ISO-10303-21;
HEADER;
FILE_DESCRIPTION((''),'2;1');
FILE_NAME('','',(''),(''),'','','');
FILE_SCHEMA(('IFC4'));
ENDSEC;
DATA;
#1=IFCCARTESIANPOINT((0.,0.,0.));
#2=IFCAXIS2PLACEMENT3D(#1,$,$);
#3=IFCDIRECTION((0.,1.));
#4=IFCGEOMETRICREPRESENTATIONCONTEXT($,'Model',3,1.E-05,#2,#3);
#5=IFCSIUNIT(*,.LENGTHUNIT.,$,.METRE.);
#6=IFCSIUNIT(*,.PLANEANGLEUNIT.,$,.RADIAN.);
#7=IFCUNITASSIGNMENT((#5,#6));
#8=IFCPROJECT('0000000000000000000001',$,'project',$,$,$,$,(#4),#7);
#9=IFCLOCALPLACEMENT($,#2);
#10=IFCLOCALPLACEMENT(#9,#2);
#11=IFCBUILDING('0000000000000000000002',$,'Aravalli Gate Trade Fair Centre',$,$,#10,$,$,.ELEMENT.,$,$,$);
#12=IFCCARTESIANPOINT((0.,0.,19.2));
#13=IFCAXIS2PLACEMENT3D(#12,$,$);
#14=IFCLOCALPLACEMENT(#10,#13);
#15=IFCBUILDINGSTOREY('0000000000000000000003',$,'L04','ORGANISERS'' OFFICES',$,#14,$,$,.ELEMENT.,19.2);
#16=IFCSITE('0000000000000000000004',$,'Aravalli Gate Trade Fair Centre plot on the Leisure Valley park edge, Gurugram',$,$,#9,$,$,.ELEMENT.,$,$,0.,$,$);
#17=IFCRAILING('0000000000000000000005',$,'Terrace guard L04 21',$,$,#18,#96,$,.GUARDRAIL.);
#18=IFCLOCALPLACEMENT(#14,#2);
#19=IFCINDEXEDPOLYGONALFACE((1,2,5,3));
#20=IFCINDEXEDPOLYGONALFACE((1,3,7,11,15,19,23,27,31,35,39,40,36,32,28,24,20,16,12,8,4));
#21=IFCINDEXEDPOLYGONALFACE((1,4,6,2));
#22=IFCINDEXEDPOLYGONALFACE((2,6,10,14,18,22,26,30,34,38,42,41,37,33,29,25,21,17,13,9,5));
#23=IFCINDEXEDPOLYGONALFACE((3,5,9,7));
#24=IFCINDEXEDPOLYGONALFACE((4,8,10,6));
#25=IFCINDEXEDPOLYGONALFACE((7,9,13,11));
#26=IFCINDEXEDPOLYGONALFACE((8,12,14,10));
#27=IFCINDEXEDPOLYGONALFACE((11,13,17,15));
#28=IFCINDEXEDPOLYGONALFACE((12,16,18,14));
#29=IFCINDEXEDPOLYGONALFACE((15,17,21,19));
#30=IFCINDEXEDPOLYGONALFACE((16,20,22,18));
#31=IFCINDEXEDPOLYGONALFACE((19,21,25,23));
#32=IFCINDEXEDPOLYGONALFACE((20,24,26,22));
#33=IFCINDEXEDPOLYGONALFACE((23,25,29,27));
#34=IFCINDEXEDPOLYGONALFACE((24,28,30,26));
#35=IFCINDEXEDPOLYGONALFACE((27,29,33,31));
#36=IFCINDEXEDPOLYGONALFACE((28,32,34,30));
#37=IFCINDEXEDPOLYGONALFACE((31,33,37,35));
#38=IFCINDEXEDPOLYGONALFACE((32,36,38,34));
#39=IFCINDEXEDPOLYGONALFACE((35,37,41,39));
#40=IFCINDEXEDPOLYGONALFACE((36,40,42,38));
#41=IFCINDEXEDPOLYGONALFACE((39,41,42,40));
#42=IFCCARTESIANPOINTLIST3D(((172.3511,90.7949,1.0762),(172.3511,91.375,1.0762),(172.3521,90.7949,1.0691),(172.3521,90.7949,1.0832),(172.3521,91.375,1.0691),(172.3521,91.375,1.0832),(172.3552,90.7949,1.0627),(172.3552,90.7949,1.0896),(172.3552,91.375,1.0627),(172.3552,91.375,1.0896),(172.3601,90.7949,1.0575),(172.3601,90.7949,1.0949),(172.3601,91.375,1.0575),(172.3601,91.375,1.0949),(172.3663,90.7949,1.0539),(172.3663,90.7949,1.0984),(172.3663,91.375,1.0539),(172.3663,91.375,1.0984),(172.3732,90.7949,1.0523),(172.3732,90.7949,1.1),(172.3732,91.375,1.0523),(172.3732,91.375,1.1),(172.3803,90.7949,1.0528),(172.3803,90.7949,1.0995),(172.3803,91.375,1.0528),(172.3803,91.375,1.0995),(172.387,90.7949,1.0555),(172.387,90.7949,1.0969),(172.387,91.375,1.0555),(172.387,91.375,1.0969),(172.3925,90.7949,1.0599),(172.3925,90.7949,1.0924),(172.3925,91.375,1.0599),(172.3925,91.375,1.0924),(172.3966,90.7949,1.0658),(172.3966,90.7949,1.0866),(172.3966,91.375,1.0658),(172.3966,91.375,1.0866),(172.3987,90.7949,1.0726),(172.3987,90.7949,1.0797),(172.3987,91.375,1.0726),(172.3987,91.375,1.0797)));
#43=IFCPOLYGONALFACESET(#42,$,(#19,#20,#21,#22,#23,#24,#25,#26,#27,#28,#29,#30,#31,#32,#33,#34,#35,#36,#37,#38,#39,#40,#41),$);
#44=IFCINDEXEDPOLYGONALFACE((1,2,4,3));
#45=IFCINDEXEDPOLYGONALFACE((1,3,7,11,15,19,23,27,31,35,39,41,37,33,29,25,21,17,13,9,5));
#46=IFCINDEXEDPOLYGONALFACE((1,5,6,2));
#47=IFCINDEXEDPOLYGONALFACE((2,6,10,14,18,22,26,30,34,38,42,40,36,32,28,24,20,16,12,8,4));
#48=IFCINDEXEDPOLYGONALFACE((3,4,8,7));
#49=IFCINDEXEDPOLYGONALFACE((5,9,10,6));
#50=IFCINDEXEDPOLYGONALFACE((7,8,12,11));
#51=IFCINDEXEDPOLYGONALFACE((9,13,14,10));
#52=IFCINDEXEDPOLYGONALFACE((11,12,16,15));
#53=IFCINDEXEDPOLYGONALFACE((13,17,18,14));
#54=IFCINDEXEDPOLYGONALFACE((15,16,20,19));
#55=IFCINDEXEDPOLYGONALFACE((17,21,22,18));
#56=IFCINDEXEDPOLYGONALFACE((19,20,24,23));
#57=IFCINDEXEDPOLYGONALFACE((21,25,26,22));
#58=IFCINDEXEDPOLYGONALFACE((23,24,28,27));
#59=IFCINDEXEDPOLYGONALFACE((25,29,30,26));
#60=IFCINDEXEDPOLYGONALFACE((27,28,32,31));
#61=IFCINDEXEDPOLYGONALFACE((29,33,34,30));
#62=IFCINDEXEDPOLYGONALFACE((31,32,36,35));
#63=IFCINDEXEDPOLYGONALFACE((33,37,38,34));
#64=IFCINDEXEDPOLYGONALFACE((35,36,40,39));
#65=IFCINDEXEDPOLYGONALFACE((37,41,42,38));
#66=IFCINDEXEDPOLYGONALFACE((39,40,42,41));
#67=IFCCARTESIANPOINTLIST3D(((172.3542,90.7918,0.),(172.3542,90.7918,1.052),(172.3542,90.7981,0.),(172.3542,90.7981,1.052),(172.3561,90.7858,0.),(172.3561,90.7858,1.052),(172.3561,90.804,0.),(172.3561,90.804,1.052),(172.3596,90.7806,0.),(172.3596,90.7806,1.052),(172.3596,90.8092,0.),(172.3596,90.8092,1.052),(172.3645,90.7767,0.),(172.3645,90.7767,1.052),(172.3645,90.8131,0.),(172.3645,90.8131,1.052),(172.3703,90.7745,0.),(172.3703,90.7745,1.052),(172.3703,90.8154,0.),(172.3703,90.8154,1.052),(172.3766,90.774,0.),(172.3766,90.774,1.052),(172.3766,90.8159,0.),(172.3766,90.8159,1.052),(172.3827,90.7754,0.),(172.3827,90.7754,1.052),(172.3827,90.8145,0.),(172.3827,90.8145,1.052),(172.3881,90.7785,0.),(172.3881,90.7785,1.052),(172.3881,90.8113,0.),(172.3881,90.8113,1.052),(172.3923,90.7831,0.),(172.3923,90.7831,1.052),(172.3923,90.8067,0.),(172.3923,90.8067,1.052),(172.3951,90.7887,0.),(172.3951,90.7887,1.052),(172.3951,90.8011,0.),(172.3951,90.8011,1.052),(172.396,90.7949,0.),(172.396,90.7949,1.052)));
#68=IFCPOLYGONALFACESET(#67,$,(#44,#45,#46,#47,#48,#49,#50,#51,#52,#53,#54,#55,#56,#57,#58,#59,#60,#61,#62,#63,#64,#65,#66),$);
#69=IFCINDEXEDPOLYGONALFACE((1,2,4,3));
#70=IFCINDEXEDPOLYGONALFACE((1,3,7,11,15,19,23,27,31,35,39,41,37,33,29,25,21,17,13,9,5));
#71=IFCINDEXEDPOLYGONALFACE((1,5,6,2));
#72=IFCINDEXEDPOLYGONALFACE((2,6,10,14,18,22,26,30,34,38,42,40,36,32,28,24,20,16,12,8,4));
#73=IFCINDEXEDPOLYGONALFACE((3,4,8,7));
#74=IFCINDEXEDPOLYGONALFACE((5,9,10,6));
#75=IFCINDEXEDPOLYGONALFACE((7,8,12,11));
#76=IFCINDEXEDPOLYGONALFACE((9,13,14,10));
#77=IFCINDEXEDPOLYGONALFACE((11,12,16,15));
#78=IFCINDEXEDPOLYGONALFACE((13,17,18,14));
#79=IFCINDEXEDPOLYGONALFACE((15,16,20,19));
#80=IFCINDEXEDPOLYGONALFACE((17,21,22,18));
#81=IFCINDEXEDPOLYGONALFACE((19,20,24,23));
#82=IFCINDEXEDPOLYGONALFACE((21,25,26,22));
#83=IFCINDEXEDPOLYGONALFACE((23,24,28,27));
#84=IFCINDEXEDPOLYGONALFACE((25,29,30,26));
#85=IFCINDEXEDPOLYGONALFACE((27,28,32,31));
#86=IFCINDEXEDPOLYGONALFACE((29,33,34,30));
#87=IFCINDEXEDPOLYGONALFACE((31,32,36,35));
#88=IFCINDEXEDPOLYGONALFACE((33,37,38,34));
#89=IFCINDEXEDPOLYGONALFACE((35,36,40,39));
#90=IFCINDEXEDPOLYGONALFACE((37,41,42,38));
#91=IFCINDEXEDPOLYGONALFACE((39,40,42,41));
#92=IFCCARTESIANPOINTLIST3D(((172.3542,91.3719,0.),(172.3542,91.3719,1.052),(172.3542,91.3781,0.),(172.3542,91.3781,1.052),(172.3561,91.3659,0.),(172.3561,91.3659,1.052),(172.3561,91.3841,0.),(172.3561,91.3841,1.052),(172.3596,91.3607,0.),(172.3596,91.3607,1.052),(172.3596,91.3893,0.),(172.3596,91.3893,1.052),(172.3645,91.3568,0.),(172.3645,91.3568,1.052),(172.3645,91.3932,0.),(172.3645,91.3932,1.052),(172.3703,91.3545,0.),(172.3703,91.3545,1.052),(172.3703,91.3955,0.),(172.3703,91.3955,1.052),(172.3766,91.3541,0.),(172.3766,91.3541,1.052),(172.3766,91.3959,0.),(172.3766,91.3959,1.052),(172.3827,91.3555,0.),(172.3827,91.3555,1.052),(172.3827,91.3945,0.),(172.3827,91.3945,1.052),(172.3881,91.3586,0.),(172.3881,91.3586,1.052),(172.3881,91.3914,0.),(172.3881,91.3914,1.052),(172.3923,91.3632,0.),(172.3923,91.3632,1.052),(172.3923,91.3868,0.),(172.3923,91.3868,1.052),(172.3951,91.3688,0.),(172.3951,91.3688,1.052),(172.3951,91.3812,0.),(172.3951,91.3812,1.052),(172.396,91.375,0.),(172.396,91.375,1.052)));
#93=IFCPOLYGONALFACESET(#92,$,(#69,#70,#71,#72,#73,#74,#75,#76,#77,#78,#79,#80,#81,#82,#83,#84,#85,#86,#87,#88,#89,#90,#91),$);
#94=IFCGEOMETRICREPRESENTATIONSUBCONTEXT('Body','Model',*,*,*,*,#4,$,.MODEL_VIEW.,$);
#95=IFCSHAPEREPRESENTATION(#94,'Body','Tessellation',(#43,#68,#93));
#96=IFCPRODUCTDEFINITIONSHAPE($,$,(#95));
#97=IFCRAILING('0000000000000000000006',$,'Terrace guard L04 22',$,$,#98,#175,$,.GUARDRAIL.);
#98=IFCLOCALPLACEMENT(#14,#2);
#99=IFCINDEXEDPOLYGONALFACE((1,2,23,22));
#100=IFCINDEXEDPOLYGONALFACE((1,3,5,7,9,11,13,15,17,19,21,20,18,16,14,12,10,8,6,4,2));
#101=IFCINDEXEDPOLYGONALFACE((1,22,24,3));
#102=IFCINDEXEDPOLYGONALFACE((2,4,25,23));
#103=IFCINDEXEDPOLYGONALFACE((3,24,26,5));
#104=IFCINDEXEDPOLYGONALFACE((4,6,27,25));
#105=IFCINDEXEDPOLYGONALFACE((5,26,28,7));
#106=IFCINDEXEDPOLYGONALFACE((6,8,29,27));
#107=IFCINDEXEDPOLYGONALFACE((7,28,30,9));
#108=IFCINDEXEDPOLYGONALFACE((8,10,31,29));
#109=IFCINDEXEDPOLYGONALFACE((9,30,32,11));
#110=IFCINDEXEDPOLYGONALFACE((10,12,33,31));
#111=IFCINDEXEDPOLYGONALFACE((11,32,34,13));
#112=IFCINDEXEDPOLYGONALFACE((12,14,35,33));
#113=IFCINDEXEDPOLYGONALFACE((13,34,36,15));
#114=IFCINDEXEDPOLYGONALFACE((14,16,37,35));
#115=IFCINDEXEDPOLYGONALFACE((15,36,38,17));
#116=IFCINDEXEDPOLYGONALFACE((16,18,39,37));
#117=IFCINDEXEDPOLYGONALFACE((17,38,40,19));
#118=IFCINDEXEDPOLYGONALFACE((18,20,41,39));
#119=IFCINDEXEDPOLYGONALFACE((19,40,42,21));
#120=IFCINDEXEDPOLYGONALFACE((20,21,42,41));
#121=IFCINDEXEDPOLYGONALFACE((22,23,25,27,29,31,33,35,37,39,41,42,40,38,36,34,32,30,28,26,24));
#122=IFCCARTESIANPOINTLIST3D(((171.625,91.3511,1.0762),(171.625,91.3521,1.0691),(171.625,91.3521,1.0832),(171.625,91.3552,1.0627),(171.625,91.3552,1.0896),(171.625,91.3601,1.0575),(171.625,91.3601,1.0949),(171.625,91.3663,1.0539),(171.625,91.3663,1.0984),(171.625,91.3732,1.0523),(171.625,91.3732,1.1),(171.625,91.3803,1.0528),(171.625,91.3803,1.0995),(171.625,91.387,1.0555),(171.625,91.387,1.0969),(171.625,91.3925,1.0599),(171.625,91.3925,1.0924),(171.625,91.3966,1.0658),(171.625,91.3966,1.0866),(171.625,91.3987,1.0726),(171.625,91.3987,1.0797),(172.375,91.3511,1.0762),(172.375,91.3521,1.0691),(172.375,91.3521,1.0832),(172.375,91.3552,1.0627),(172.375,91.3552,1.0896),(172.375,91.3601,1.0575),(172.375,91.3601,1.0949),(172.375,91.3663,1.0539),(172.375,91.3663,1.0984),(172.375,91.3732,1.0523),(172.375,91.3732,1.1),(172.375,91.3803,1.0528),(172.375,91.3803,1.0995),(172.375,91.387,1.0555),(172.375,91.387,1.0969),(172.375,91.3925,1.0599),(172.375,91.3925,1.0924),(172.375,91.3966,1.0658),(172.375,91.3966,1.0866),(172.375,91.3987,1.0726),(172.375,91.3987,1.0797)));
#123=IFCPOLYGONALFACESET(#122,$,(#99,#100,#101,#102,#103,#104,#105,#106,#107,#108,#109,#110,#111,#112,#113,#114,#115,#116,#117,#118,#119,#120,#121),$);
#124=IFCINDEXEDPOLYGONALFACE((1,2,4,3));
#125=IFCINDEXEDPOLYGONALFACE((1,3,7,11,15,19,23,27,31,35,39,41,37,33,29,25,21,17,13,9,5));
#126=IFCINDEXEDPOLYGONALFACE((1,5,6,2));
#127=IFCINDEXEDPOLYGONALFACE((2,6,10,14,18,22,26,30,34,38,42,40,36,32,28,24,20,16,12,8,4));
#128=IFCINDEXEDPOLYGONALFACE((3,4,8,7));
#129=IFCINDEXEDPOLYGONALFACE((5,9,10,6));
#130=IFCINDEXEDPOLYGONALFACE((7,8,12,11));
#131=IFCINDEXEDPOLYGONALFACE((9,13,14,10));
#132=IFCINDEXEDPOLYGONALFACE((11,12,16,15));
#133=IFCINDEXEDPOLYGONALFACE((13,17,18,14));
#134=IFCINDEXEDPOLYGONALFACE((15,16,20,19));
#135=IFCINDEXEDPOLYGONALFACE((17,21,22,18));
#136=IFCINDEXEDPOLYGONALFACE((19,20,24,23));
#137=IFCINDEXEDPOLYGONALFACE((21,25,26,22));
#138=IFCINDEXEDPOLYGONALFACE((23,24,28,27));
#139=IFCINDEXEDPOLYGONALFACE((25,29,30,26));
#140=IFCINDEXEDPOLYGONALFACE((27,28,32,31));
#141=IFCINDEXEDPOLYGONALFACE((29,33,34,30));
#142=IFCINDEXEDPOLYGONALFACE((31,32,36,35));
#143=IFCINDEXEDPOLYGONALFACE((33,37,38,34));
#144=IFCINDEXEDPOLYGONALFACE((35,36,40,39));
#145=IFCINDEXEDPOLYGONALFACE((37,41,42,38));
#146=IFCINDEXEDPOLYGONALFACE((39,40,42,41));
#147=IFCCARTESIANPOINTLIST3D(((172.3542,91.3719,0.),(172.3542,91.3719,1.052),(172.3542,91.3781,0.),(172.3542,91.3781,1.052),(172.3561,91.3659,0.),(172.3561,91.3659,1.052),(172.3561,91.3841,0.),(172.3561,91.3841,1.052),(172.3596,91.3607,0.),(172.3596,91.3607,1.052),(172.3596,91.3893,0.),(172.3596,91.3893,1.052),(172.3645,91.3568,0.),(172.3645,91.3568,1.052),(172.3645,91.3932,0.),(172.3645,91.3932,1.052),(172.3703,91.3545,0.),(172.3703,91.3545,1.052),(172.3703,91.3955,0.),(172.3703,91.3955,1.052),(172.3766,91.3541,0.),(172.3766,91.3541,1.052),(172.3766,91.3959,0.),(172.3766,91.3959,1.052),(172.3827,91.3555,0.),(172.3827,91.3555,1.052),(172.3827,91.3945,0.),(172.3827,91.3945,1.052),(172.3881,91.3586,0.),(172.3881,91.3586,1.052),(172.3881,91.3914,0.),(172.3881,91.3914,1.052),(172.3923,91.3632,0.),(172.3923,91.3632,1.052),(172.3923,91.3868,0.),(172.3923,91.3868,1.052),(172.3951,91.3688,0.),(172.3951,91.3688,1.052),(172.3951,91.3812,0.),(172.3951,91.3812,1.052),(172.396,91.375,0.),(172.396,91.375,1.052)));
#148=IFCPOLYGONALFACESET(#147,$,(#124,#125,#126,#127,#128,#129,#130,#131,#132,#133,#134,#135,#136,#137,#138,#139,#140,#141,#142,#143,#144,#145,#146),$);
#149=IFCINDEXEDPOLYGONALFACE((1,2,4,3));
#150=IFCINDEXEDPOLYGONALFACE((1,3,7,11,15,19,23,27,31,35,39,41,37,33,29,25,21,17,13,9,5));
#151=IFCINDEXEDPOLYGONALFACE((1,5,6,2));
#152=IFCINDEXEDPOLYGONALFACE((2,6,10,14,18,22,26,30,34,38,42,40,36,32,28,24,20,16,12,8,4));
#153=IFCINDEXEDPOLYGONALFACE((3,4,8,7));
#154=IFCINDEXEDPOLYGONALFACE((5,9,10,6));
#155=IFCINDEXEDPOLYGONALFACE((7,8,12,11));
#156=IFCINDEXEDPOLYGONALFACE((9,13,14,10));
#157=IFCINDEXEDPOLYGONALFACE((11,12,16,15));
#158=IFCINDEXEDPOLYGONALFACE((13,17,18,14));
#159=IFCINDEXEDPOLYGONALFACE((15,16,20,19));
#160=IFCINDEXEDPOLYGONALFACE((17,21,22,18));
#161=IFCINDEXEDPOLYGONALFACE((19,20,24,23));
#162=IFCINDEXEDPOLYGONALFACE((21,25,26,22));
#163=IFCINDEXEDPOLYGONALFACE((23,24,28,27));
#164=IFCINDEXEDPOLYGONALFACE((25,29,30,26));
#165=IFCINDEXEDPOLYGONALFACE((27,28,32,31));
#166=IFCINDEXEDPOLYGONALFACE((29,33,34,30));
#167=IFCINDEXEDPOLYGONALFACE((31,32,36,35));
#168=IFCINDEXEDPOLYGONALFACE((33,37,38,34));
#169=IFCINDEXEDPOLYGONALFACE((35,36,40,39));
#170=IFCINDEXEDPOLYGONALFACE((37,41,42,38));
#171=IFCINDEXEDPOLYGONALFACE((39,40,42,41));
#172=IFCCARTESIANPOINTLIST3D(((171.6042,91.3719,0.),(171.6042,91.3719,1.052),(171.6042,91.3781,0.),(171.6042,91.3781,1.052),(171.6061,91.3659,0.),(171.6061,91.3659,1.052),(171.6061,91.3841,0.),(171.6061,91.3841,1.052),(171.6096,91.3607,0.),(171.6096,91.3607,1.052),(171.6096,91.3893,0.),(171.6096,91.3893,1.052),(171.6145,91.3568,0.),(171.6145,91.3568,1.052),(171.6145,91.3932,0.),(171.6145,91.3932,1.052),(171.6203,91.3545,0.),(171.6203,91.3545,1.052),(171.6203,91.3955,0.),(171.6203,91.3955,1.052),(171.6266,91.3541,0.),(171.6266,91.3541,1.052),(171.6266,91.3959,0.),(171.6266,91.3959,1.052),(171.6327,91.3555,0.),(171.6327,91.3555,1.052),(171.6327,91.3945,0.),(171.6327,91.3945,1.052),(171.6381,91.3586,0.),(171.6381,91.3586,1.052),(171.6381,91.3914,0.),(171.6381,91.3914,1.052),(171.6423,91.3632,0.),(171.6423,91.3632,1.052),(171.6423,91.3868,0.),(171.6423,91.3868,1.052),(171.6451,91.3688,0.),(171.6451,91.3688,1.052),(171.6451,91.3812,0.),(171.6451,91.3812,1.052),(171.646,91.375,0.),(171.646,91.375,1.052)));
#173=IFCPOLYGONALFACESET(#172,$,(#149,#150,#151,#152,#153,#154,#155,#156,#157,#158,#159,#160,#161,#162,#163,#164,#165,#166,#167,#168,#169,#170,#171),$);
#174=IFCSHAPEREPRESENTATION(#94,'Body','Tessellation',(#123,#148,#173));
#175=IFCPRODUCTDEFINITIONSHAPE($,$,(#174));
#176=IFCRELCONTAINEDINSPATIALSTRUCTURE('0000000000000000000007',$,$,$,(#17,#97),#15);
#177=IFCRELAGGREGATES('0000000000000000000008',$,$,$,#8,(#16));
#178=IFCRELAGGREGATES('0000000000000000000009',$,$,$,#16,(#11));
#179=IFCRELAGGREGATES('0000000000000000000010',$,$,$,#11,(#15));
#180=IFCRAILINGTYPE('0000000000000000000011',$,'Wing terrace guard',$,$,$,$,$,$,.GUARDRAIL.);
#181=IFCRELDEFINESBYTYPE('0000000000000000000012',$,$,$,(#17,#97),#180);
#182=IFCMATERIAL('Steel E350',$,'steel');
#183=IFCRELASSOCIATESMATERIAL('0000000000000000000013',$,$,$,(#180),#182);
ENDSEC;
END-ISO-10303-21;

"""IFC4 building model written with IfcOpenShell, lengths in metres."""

from ifc_helpers import new_model, si_unit, direction, frame, origin, origin_2d, place, context, subcontext, project, spatial, circle, extrude, material, type_object, element, save


model = new_model("IFC4")

# Units and contexts
model_context = context("Model", 3, precision=1e-05, world=origin(), true_north=direction((0.0, 1.0)))
body_context = subcontext(model_context, "Body", "Model", "MODEL_VIEW")
ifc_project = project(units=[si_unit("LENGTHUNIT", "METRE"), si_unit("PLANEANGLEUNIT", "RADIAN")], contexts=[model_context])

# Site, building, storey
site_placement = place(None, origin())
site = spatial("IfcSite", under=ifc_project, at=site_placement, Name="Aravalli Gate Trade Fair Centre plot on the Leisure Valley park edge, Gurugram", CompositionType="ELEMENT", RefElevation=0.0)
building_placement = place(site_placement, origin())
building = spatial("IfcBuilding", under=site, at=building_placement, Name="Aravalli Gate Trade Fair Centre", CompositionType="ELEMENT")
storey_placement = place(building_placement, frame((0.0, 0.0, 19.2)))
storey = spatial("IfcBuildingStorey", under=building, at=storey_placement, Name="L04", Description="ORGANISERS' OFFICES", CompositionType="ELEMENT", Elevation=19.2)

# Railings
ifc_material_1 = material(Name="Steel E350", Category="steel")
railing_type = type_object("IfcRailingType", Name="Wing terrace guard", PredefinedType="GUARDRAIL", material=ifc_material_1)
railing_1_placement = place(storey_placement, frame((172.375, 90.7949, 0.0)))
element("IfcRailing", 1, at=railing_1_placement, inside=storey, type_object=railing_type, Name="Terrace guard L04 21", PredefinedType="GUARDRAIL", context=body_context, shape_type="SweptSolid", body=[
    extrude(circle(Radius=0.0239, at=origin_2d()), frame((0.0, 0.0, 1.0762), z_axis=(0.0, 1.0, 0.0), x_axis=(-1.0, 0.0, 0.0)), (0.0, 0.0, 1.0), 0.5801),
    extrude(circle(Radius=0.021, at=origin_2d()), origin(), (0.0, 0.0, 1.0), 1.052),
    extrude(circle(Radius=0.021, at=origin_2d()), frame((0.0, 0.5801, 0.0)), (0.0, 0.0, 1.0), 1.052),
])
railing_2_placement = place(storey_placement, frame((172.375, 91.375, 0.0)))
element("IfcRailing", 2, at=railing_2_placement, inside=storey, type_object=railing_type, Name="Terrace guard L04 22", PredefinedType="GUARDRAIL", context=body_context, shape_type="SweptSolid", body=[
    extrude(circle(Radius=0.0239, at=origin_2d()), frame((0.0, 0.0, 1.0762), z_axis=(-1.0, 0.0, 0.0), x_axis=(0.0, -1.0, 0.0)), (0.0, 0.0, 1.0), 0.75),
    extrude(circle(Radius=0.021, at=origin_2d()), origin(), (0.0, 0.0, 1.0), 1.052),
    extrude(circle(Radius=0.021, at=origin_2d()), frame((-0.75, 0.0, 0.0)), (0.0, 0.0, 1.0), 1.052),
])

save(model, "model.ifc")
